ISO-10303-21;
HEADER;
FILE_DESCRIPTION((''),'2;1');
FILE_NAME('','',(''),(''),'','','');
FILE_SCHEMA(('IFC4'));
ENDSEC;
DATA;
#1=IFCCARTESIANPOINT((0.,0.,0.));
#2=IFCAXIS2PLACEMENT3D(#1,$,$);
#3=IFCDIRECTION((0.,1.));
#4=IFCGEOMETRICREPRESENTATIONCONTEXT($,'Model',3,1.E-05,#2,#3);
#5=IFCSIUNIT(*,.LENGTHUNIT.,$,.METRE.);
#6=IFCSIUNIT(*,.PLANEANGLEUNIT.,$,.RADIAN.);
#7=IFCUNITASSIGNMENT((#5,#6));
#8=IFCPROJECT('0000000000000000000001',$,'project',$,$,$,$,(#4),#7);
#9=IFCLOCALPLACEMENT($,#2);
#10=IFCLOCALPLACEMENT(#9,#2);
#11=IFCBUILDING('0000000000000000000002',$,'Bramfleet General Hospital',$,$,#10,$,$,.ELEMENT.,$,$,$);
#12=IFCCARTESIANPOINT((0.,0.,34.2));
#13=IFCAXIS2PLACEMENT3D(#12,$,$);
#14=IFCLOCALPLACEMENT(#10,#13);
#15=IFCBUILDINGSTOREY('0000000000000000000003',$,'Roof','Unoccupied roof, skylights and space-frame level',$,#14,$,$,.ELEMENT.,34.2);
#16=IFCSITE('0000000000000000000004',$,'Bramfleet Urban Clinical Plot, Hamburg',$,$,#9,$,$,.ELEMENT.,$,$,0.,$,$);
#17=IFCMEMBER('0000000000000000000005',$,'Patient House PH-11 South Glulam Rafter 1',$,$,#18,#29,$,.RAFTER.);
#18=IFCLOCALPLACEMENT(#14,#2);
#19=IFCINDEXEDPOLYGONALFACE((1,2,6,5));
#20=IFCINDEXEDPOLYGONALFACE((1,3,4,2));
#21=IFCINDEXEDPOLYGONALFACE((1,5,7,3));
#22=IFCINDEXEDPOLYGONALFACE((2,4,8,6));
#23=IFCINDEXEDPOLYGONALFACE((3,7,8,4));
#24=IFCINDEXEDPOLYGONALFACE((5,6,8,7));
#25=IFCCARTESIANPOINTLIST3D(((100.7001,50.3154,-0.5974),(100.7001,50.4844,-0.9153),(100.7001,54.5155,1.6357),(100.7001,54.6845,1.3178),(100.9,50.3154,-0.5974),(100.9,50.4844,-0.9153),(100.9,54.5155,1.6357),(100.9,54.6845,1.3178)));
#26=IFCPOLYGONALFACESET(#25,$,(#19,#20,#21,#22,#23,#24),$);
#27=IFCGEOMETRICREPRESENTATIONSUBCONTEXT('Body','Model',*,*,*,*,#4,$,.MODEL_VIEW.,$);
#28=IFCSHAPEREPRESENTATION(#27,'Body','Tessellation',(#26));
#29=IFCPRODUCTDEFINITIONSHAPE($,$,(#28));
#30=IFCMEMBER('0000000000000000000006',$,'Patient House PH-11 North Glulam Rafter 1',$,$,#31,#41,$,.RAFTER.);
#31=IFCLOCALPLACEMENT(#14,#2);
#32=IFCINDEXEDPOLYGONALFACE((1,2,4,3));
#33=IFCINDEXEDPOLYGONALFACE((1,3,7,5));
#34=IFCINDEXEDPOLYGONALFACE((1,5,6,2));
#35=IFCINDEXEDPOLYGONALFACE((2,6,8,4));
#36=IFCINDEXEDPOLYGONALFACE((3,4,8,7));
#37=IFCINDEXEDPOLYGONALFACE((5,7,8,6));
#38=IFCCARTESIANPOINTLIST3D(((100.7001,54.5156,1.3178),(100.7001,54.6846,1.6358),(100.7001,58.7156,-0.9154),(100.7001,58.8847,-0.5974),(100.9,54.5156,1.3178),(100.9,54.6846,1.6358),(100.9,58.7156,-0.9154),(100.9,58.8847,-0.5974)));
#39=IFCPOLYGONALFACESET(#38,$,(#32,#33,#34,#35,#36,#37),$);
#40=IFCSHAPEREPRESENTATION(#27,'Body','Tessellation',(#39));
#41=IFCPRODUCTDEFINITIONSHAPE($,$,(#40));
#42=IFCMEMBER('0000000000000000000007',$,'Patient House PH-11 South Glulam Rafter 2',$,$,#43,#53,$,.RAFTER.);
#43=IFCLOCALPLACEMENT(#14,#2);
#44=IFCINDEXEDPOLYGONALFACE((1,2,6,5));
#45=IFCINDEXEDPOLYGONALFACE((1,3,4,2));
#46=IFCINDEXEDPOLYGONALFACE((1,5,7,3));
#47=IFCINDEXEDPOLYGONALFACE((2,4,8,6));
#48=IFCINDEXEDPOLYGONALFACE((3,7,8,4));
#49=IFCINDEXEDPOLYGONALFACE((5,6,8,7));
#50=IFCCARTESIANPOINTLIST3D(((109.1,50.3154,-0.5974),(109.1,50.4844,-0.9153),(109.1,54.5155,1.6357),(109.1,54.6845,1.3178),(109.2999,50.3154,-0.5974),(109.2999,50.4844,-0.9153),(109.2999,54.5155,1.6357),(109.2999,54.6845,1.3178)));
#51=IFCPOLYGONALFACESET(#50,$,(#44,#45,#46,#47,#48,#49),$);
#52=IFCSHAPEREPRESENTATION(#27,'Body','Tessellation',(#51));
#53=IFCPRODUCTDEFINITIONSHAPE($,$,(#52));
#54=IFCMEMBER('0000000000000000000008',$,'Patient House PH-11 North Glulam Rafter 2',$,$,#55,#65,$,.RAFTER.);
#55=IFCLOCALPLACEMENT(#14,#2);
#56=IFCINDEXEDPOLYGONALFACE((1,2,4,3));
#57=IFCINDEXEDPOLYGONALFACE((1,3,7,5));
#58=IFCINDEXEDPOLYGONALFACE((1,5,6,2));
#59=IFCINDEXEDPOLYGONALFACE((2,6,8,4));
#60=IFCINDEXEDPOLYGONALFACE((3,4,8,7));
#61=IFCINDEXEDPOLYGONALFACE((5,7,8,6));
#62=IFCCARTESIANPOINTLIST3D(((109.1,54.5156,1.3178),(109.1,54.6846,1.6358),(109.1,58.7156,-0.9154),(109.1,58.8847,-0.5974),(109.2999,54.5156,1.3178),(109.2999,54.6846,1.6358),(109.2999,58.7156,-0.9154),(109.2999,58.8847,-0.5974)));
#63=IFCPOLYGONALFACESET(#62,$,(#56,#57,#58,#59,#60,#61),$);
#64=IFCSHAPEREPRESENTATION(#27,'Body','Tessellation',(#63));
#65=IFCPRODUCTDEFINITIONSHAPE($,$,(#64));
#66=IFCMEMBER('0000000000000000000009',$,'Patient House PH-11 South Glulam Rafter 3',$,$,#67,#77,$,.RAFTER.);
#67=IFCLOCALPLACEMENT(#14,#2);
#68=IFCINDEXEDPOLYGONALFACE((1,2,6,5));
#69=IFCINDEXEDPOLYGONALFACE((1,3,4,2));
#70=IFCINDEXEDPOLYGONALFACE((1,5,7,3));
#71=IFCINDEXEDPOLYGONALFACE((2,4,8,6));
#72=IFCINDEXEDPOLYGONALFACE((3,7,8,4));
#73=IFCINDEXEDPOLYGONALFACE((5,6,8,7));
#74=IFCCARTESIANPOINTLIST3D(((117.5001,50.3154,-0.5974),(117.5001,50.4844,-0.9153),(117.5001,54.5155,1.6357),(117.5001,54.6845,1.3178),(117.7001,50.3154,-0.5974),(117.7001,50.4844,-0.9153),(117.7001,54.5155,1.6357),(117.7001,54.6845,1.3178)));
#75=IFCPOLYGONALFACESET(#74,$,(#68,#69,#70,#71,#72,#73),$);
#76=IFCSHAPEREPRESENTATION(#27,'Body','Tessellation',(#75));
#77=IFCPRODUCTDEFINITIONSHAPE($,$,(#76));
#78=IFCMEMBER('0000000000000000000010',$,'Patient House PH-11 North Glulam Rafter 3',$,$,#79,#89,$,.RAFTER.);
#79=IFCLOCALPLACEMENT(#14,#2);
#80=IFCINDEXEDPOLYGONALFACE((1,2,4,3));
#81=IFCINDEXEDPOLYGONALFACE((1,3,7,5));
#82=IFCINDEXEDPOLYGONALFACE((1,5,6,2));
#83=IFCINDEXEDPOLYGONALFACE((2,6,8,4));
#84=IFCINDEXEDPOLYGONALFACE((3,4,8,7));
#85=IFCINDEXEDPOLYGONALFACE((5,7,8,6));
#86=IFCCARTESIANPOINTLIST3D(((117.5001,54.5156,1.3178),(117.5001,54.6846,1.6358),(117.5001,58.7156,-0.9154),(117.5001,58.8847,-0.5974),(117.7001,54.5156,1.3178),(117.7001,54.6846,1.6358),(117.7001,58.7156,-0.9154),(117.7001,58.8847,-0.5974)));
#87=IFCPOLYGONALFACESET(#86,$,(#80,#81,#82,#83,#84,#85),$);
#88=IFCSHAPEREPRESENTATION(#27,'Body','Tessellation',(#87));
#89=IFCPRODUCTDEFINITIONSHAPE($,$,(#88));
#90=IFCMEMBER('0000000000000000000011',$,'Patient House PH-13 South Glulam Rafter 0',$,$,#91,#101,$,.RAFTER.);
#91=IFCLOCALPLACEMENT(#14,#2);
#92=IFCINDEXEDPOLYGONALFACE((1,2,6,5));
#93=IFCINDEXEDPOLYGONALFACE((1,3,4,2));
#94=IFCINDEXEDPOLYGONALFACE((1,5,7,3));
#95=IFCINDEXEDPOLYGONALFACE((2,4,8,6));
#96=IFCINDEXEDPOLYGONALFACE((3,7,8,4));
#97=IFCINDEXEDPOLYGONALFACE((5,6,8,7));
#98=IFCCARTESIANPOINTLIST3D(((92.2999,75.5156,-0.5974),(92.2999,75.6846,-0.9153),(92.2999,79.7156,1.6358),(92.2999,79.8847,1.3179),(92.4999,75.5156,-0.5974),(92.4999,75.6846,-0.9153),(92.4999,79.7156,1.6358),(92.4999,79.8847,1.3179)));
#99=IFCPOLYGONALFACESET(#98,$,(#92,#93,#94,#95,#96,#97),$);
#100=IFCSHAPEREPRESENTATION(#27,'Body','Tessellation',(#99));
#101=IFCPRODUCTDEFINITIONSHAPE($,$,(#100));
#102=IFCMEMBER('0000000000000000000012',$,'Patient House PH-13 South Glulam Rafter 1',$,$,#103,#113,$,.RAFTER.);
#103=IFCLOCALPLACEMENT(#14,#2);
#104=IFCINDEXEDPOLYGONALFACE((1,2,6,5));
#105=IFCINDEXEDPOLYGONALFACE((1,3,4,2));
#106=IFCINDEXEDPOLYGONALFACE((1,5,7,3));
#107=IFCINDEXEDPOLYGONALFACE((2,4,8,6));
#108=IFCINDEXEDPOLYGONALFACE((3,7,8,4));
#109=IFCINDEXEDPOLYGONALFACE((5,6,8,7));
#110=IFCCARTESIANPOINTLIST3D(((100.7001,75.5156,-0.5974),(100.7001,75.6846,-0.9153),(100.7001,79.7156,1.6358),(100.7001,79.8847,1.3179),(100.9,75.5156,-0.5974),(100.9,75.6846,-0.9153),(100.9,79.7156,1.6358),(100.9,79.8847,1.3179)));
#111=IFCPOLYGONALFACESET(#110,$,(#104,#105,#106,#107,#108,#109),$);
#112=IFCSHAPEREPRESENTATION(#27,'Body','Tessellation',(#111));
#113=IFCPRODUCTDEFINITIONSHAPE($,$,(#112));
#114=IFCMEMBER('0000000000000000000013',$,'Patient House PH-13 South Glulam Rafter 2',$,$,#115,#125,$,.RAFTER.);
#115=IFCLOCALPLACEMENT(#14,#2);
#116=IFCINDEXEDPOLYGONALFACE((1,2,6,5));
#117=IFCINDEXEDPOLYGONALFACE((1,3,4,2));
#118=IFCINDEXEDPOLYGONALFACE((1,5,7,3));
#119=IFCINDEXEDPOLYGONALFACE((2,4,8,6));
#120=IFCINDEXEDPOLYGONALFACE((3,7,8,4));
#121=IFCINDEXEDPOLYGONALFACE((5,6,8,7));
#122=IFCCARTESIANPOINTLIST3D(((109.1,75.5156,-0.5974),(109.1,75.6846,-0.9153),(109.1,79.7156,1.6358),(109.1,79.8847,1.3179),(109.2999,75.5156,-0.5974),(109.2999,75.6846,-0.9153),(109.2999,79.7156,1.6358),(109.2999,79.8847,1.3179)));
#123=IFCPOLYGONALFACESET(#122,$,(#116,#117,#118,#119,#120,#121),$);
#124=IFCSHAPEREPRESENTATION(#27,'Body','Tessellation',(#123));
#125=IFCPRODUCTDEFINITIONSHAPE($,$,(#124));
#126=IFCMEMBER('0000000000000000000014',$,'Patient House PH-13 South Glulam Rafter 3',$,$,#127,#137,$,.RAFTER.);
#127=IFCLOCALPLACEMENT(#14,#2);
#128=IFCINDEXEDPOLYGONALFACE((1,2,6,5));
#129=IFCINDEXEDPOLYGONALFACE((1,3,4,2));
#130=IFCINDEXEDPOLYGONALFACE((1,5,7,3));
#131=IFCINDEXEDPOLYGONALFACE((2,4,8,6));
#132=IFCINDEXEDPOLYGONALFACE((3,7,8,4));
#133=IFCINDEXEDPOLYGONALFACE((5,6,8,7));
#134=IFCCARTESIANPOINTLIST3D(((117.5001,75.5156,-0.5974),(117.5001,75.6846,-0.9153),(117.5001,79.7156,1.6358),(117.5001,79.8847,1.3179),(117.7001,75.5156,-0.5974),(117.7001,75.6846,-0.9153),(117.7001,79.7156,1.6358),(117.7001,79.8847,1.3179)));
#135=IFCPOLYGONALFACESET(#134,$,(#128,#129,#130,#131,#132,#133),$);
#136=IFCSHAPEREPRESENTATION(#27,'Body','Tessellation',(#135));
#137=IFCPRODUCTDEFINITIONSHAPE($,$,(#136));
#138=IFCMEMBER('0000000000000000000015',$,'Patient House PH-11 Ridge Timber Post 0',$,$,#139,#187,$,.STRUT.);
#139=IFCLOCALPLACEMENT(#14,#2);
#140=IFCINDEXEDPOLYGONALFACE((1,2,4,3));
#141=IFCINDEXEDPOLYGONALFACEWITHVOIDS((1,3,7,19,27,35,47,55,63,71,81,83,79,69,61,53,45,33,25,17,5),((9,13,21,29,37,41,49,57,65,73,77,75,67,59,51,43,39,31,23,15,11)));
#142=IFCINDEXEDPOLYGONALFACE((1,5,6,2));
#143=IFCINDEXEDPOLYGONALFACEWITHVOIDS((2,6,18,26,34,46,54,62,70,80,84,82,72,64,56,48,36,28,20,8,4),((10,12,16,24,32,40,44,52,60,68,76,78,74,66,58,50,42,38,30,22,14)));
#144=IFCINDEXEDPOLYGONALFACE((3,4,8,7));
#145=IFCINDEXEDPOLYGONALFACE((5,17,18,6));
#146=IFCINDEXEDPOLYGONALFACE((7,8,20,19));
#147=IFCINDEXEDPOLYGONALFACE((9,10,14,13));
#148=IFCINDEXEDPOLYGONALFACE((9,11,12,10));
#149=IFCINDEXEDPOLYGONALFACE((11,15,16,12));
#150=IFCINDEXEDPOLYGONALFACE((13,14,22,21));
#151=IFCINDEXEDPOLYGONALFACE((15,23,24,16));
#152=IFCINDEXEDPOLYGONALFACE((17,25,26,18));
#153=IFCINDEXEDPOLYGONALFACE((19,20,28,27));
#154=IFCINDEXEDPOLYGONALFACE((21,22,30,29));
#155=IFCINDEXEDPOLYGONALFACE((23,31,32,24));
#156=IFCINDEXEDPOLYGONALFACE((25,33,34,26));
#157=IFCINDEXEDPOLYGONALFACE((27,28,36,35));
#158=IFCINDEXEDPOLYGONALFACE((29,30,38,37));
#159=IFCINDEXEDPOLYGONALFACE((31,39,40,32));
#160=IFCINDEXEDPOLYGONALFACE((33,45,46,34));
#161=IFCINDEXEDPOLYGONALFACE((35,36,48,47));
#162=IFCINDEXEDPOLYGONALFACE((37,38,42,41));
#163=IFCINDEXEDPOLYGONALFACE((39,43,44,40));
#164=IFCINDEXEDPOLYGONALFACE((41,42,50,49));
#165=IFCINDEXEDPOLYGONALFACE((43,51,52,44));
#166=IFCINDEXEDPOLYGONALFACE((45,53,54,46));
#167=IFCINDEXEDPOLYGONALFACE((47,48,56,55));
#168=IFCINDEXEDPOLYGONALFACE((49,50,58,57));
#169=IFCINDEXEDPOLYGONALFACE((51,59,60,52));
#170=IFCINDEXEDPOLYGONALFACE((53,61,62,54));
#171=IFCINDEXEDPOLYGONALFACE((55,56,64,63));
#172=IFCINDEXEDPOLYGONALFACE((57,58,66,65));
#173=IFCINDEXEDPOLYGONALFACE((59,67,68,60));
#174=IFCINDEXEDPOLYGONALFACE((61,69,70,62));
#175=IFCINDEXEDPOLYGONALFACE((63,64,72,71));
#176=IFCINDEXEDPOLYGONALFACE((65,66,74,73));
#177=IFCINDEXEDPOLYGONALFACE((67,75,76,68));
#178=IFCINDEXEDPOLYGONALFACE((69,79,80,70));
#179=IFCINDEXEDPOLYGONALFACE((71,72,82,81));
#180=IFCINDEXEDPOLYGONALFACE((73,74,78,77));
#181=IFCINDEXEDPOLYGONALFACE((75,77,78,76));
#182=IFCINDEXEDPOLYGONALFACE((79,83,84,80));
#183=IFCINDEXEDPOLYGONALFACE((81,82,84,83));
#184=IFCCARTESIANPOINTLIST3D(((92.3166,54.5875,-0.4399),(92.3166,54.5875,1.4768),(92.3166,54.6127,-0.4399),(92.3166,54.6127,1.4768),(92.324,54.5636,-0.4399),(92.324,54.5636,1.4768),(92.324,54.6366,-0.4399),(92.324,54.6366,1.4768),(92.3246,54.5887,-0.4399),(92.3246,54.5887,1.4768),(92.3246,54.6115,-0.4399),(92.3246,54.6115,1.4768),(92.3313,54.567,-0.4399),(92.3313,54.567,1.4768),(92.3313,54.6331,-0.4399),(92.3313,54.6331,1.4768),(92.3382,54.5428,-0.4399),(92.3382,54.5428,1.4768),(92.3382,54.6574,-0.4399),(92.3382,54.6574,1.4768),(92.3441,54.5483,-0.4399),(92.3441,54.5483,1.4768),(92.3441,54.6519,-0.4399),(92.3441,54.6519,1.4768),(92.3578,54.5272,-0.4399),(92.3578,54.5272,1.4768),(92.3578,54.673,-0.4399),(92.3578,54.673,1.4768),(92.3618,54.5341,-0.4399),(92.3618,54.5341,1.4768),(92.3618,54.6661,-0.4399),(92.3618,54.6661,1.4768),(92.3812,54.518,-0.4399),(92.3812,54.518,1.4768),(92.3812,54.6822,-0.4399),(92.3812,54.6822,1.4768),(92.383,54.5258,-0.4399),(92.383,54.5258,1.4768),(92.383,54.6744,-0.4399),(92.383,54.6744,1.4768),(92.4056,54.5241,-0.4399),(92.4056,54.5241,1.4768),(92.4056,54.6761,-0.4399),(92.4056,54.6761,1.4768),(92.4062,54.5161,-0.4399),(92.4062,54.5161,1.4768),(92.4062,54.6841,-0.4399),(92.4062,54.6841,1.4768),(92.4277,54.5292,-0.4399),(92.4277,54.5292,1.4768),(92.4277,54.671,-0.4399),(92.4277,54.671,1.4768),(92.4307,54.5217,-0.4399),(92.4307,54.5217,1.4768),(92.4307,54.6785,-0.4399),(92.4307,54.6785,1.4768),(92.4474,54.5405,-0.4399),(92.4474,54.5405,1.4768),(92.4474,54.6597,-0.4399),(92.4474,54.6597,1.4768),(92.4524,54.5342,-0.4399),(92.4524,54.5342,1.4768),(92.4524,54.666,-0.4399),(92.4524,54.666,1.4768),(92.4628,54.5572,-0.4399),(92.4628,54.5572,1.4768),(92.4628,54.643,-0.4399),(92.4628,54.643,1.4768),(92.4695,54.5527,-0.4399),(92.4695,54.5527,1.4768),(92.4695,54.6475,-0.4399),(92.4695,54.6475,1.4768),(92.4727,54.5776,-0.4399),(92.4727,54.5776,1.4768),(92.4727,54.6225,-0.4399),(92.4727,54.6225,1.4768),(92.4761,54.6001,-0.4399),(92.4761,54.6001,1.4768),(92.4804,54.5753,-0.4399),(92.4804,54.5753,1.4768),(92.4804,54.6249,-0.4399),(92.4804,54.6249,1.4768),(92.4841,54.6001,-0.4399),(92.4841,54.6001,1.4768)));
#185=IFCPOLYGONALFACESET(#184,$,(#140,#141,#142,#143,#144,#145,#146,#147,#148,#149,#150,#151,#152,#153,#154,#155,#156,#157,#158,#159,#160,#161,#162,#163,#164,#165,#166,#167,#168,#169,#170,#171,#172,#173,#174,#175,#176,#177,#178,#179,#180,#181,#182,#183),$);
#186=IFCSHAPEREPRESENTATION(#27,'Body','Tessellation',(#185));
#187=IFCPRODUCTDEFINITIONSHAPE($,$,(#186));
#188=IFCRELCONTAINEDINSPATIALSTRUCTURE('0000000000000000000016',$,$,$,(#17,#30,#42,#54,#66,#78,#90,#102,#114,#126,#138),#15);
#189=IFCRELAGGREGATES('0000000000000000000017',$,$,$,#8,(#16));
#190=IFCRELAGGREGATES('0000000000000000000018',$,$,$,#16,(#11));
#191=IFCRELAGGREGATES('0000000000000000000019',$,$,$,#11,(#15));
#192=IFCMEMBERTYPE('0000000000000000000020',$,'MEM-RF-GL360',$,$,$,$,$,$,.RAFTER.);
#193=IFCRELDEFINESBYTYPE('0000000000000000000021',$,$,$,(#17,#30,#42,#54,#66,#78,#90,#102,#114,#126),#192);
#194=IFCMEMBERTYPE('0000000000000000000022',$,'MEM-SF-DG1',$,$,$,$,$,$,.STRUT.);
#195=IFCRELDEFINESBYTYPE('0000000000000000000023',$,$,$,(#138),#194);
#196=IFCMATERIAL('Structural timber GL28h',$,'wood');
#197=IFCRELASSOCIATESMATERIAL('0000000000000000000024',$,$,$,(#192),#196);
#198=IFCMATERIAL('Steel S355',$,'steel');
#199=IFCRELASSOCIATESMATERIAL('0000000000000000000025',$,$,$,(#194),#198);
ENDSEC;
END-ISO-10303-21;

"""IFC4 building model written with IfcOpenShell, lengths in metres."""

from ifc_helpers import new_model, si_unit, direction, frame, origin, origin_2d, place, context, subcontext, project, spatial, rectangle, hollow_circle, extrude, material, material_profile, profile_set, type_object, element, save


model = new_model("IFC4")

# Units and contexts
model_context = context("Model", 3, precision=1e-05, world=origin(), true_north=direction((0.0, 1.0)))
body_context = subcontext(model_context, "Body", "Model", "MODEL_VIEW")
ifc_project = project(units=[si_unit("LENGTHUNIT", "METRE"), si_unit("PLANEANGLEUNIT", "RADIAN")], contexts=[model_context])

# Site, building, storey
site_placement = place(None, origin())
site = spatial("IfcSite", under=ifc_project, at=site_placement, Name="Bramfleet Urban Clinical Plot, Hamburg", CompositionType="ELEMENT", RefElevation=0.0)
building_placement = place(site_placement, origin())
building = spatial("IfcBuilding", under=site, at=building_placement, Name="Bramfleet General Hospital", CompositionType="ELEMENT")
storey_placement = place(building_placement, frame((0.0, 0.0, 34.2)))
storey = spatial("IfcBuildingStorey", under=building, at=storey_placement, Name="Roof", Description="Unoccupied roof, skylights and space-frame level", CompositionType="ELEMENT", Elevation=34.2)

# Shared definitions
ifc_material_1 = material(Name="Structural timber GL28h", Category="wood")

# Members
ifc_material_profile_1 = material_profile(ifc_material_1, rectangle(XDim=0.2, YDim=0.3601, at=origin_2d()), Name="GL28h 360x200")
ifc_profile_set_1 = profile_set([ifc_material_profile_1], Name="Structural timber GL28h")
member_type_1 = type_object("IfcMemberType", Name="MEM-RF-GL360", PredefinedType="RAFTER", material=ifc_profile_set_1)
for number, where, z_axis, x_axis, name in (
    (1, (100.8, 50.3999, -0.7563), (0.0, 0.882959, 0.46945), (-1.0, 0.0, 0.0), "Patient House PH-11 South Glulam Rafter 1"),
    (2, (100.8, 54.6001, 1.4768), (0.0, 0.882948, -0.469472), (-1.0, 0.0, 0.0), "Patient House PH-11 North Glulam Rafter 1"),
    (3, (109.2, 50.3999, -0.7563), (0.0, 0.882959, 0.46945), (-1.0, 0.0, 0.0), "Patient House PH-11 South Glulam Rafter 2"),
    (4, (109.2, 54.6001, 1.4768), (0.0, 0.882948, -0.469472), (-1.0, 0.0, 0.0), "Patient House PH-11 North Glulam Rafter 2"),
    (5, (117.6001, 50.3999, -0.7563), (0.0, 0.882959, 0.46945), (-1.0, 0.0, 0.0), "Patient House PH-11 South Glulam Rafter 3"),
    (6, (117.6001, 54.6001, 1.4768), (0.0, 0.882948, -0.469472), (-1.0, 0.0, 0.0), "Patient House PH-11 North Glulam Rafter 3"),
    (7, (92.3999, 75.6001, -0.7563), (0.0, 0.882948, 0.469472), (-1.0, 0.0, 0.0), "Patient House PH-13 South Glulam Rafter 0"),
    (8, (100.8, 75.6001, -0.7563), (0.0, 0.882948, 0.469472), (-1.0, 0.0, 0.0), "Patient House PH-13 South Glulam Rafter 1"),
    (9, (109.2, 75.6001, -0.7563), (0.0, 0.882948, 0.469472), (-1.0, 0.0, 0.0), "Patient House PH-13 South Glulam Rafter 2"),
    (10, (117.6001, 75.6001, -0.7563), (0.0, 0.882948, 0.469472), (-1.0, 0.0, 0.0), "Patient House PH-13 South Glulam Rafter 3"),
):
    element("IfcMember", number, at=place(storey_placement, frame(where, z_axis=z_axis, x_axis=x_axis)), inside=storey, type_object=member_type_1, Name=name, PredefinedType="RAFTER", context=body_context, shape_type="SweptSolid", body=[
        extrude(rectangle(XDim=0.2, YDim=0.3601, at=origin_2d()), origin(), (0.0, 0.0, 1.0), 4.7568),
    ])
ifc_material_2 = material(Name="Steel S355", Category="steel")
ifc_material_profile_2 = material_profile(ifc_material_2, hollow_circle(Radius=0.0842, WallThickness=0.0081, at=origin_2d()), Name="CHS 168.3x8.0")
ifc_profile_set_2 = profile_set([ifc_material_profile_2], Name="Steel S355")
member_type_2 = type_object("IfcMemberType", Name="MEM-SF-DG1", PredefinedType="STRUT", material=ifc_profile_set_2)
for number, where, z_axis, x_axis, name in (
    (11, (92.3999, 54.6001, -0.4399), (0.0, 0.0, 1.0), (1.0, 0.0, 0.0), "Patient House PH-11 Ridge Timber Post 0"),
):
    element("IfcMember", number, at=place(storey_placement, frame(where, z_axis=z_axis, x_axis=x_axis)), inside=storey, type_object=member_type_2, Name=name, PredefinedType="STRUT", context=body_context, shape_type="SweptSolid", body=[
        extrude(hollow_circle(Radius=0.0842, WallThickness=0.0081, at=origin_2d()), origin(), (0.0, 0.0, 1.0), 1.9167),
    ])

save(model, "model.ifc")
